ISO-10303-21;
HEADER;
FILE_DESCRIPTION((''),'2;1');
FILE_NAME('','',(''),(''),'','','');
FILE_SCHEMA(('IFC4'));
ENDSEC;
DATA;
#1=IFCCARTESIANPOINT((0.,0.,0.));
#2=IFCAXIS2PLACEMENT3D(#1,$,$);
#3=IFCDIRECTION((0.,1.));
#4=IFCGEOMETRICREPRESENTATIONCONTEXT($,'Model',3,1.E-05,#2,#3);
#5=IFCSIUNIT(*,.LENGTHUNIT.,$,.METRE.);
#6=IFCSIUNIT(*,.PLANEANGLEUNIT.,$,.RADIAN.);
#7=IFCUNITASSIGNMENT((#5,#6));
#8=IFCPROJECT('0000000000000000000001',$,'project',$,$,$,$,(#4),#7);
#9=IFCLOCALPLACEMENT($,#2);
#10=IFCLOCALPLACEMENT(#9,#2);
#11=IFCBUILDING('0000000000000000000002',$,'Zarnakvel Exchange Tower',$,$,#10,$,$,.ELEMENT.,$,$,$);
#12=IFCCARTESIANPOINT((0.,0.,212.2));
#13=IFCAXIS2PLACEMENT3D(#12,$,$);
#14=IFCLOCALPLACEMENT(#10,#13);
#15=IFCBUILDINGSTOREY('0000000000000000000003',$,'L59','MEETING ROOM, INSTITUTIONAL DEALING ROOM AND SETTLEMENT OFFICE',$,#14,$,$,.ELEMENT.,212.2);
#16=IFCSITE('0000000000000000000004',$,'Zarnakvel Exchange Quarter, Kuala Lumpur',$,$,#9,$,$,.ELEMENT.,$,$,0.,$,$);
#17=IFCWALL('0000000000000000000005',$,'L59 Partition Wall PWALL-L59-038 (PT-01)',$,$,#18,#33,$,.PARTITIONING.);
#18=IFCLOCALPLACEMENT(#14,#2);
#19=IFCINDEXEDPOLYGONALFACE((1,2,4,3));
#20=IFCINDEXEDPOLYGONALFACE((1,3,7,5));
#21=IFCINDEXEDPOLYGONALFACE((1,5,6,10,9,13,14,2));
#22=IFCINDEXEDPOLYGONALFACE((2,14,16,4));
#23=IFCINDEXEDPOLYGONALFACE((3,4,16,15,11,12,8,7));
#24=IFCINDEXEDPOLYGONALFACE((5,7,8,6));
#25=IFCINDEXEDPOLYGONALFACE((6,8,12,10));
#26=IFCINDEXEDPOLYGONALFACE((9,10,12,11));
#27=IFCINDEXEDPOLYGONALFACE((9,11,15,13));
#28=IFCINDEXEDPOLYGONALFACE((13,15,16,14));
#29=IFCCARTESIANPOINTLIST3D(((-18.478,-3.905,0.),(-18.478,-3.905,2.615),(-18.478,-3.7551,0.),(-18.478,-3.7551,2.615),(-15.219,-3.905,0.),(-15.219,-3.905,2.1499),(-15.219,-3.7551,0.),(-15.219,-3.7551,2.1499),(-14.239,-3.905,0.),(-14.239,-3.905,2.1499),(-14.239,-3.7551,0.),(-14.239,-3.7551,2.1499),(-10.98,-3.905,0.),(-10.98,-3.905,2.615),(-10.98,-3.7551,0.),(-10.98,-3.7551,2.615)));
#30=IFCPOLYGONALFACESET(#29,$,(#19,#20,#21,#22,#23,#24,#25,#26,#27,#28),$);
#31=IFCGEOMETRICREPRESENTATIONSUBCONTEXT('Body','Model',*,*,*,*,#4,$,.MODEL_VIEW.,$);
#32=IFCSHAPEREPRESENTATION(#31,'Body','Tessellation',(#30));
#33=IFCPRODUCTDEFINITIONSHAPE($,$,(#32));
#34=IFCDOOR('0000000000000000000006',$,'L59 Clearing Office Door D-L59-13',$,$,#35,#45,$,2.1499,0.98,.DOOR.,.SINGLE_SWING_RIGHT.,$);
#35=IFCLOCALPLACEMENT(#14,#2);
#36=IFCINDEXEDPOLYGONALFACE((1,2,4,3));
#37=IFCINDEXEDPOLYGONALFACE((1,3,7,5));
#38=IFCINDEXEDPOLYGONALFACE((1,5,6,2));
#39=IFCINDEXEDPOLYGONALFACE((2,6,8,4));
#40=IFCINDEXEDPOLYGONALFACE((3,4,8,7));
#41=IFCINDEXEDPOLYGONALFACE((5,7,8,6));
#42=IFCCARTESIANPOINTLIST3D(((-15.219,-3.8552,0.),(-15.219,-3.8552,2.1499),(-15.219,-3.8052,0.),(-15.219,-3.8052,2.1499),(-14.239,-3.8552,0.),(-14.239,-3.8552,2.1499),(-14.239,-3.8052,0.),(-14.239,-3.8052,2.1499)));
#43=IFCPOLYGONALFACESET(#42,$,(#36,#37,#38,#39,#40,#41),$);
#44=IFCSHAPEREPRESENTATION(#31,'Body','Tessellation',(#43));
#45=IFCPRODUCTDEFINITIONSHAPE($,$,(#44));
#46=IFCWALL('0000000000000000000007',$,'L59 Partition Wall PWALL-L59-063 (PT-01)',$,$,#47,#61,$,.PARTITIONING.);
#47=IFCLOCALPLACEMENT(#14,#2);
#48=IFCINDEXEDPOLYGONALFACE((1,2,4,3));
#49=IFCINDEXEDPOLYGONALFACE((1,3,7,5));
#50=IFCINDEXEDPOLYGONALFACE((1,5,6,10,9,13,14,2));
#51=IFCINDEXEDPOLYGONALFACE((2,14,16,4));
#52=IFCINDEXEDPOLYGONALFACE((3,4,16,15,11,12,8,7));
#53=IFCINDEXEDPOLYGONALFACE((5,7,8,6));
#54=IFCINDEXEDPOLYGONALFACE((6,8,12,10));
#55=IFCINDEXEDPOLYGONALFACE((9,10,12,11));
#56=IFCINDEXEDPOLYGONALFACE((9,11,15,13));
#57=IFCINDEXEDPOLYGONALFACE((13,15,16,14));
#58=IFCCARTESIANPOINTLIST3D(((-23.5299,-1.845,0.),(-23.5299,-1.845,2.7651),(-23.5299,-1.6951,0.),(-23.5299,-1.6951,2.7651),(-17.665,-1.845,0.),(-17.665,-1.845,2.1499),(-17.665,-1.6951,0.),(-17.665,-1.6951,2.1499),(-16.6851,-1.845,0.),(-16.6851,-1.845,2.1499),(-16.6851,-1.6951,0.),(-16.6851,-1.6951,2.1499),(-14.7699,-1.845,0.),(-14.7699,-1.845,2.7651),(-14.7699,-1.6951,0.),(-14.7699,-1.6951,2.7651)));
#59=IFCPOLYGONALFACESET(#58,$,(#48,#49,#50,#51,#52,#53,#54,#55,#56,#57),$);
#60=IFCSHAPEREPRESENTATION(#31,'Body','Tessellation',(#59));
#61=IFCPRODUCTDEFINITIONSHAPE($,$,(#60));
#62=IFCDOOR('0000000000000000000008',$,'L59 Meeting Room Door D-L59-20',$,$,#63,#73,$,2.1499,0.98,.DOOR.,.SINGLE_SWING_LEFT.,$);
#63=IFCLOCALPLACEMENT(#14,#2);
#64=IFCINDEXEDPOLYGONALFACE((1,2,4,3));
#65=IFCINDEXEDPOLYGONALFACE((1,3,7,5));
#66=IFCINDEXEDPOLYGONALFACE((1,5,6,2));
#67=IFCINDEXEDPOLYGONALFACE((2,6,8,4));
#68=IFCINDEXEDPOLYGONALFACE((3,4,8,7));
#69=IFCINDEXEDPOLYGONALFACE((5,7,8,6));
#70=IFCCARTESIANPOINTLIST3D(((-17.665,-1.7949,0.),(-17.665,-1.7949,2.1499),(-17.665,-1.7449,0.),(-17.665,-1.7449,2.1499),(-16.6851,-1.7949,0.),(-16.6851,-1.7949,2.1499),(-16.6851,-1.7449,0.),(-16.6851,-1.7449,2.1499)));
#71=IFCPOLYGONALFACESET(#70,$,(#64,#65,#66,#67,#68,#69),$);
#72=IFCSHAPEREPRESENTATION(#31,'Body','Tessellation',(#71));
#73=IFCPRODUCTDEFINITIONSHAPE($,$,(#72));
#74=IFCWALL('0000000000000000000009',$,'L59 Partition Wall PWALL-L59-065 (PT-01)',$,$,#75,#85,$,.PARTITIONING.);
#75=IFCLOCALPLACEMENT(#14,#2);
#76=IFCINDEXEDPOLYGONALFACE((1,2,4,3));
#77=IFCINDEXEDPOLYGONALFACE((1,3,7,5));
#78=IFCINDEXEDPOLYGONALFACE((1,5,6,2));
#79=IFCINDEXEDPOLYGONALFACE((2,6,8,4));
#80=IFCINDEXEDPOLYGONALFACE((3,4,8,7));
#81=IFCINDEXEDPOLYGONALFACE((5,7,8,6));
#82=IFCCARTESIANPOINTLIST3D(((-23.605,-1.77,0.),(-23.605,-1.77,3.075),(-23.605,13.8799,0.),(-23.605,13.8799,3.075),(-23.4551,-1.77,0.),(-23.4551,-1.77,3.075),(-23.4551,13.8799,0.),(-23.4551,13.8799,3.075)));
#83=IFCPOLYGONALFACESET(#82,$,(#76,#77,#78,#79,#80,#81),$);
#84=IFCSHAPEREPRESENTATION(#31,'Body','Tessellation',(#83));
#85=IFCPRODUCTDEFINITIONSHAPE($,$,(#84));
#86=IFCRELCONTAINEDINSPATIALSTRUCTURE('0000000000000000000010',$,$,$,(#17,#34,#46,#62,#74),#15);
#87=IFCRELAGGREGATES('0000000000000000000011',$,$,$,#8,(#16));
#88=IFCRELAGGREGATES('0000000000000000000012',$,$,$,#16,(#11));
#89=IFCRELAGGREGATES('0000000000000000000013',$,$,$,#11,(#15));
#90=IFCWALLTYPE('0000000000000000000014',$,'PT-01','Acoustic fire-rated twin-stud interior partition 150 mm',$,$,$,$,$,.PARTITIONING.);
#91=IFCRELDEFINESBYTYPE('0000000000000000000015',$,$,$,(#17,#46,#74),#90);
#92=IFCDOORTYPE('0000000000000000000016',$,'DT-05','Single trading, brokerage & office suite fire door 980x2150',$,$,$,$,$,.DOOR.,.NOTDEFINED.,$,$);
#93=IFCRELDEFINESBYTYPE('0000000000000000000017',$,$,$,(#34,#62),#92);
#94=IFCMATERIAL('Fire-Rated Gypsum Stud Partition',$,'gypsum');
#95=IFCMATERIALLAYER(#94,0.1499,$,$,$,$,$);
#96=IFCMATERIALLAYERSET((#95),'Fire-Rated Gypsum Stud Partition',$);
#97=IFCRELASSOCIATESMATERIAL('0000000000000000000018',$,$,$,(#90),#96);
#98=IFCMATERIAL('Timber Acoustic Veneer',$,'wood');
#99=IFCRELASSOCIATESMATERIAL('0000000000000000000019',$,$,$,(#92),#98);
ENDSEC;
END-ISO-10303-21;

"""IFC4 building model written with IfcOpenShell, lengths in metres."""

from ifc_helpers import new_model, si_unit, direction, frame, frame_2d, origin, place, context, subcontext, project, spatial, rectangle, extrude, source, transform, mapped, material, layer, layer_set, type_object, element, fill, save


model = new_model("IFC4")

# Units and contexts
model_context = context("Model", 3, precision=1e-05, world=origin(), true_north=direction((0.0, 1.0)))
body_context = subcontext(model_context, "Body", "Model", "MODEL_VIEW")
ifc_project = project(units=[si_unit("LENGTHUNIT", "METRE"), si_unit("PLANEANGLEUNIT", "RADIAN")], contexts=[model_context])

# Site, building, storey
site_placement = place(None, origin())
site = spatial("IfcSite", under=ifc_project, at=site_placement, Name="Zarnakvel Exchange Quarter, Kuala Lumpur", CompositionType="ELEMENT", RefElevation=0.0)
building_placement = place(site_placement, origin())
building = spatial("IfcBuilding", under=site, at=building_placement, Name="Zarnakvel Exchange Tower", CompositionType="ELEMENT")
storey_placement = place(building_placement, frame((0.0, 0.0, 212.2)))
storey = spatial("IfcBuildingStorey", under=building, at=storey_placement, Name="L59", Description="MEETING ROOM, INSTITUTIONAL DEALING ROOM AND SETTLEMENT OFFICE", CompositionType="ELEMENT", Elevation=212.2)

# Shared definitions
ifc_material_1 = material(Name="Fire-Rated Gypsum Stud Partition", Category="gypsum")
ifc_layer_1 = layer(ifc_material_1, 0.1499)
ifc_layer_set_1 = layer_set([ifc_layer_1], Name="Fire-Rated Gypsum Stud Partition")
wall_type_1 = type_object("IfcWallType", Name="PT-01", Description="Acoustic fire-rated twin-stud interior partition 150 mm", PredefinedType="PARTITIONING", material=ifc_layer_set_1)

# Walls, openings, doors
ifc_material_2 = material(Name="Timber Acoustic Veneer", Category="wood")
door_type = type_object("IfcDoorType", Name="DT-05", Description="Single trading, brokerage & office suite fire door 980x2150", OperationType="NOTDEFINED", PredefinedType="DOOR", material=ifc_material_2)
shared_shape_1 = source(origin(), body_context, "Body", "SweptSolid", [
    extrude(rectangle(XDim=0.98, YDim=2.1499, at=frame_2d((0.49, 1.075))), frame((0.0, 0.0249, 0.0), z_axis=(0.0, -1.0, 0.0), x_axis=(1.0, 0.0, 0.0)), (0.0, 0.0, 1.0), 0.05),
])
wall_1_placement = place(storey_placement, frame((-18.478, -3.8301, 0.0), z_axis=(0.0, 0.0, 1.0), x_axis=(1.0, 0.0, 0.0)))
wall_1 = element("IfcWall", 1, at=wall_1_placement, inside=storey, type_object=wall_type_1, Name="L59 Partition Wall PWALL-L59-038 (PT-01)", PredefinedType="PARTITIONING", context=body_context, shape_type="SweptSolid", body=[
    extrude(rectangle(XDim=7.498, YDim=0.1499, at=frame_2d((3.749, 0.0))), origin(), (0.0, 0.0, 1.0), 2.615),
])
opening_1_placement = place(wall_1_placement, frame((3.259, 0.0, 0.0)))
opening_1 = element("IfcOpeningElement", 2, at=opening_1_placement, cuts=wall_1, PredefinedType="OPENING", context=body_context, shape_type="SweptSolid", body=[
    extrude(rectangle(XDim=0.98, YDim=2.1499, at=frame_2d((0.49, 1.075))), frame((0.0, 0.085, 0.0), z_axis=(0.0, -1.0, 0.0), x_axis=(1.0, 0.0, 0.0)), (0.0, 0.0, 1.0), 0.1699),
])
door_1_placement = place(opening_1_placement, origin())
door_1 = element("IfcDoor", 3, at=door_1_placement, inside=storey, type_object=door_type, Name="L59 Clearing Office Door D-L59-13", OperationType="SINGLE_SWING_RIGHT", OverallHeight=2.1499, OverallWidth=0.98, PredefinedType="DOOR", context=body_context, shape_type="MappedRepresentation", body=[
    mapped(shared_shape_1, transform((0.0, 0.0, 0.0), x_axis=(1.0, 0.0, 0.0), y_axis=(0.0, 1.0, 0.0), z_axis=(0.0, 0.0, 1.0), scale=1.0)),
])
fill(opening_1, door_1)
wall_2_placement = place(storey_placement, frame((-14.77, -1.77, 0.0), z_axis=(0.0, 0.0, 1.0), x_axis=(-1.0, 0.0, 0.0)))
wall_2 = element("IfcWall", 4, at=wall_2_placement, inside=storey, type_object=wall_type_1, Name="L59 Partition Wall PWALL-L59-063 (PT-01)", PredefinedType="PARTITIONING", context=body_context, shape_type="SweptSolid", body=[
    extrude(rectangle(XDim=8.76, YDim=0.1499, at=frame_2d((4.3799, 0.0))), origin(), (0.0, 0.0, 1.0), 2.7651),
])
opening_2_placement = place(wall_2_placement, frame((1.915, 0.0, 0.0)))
opening_2 = element("IfcOpeningElement", 5, at=opening_2_placement, cuts=wall_2, PredefinedType="OPENING", context=body_context, shape_type="SweptSolid", body=[
    extrude(rectangle(XDim=0.98, YDim=2.1499, at=frame_2d((0.49, 1.075))), frame((0.0, 0.085, 0.0), z_axis=(0.0, -1.0, 0.0), x_axis=(1.0, 0.0, 0.0)), (0.0, 0.0, 1.0), 0.1699),
])
door_2_placement = place(opening_2_placement, origin())
door_2 = element("IfcDoor", 6, at=door_2_placement, inside=storey, type_object=door_type, Name="L59 Meeting Room Door D-L59-20", OperationType="SINGLE_SWING_LEFT", OverallHeight=2.1499, OverallWidth=0.98, PredefinedType="DOOR", context=body_context, shape_type="MappedRepresentation", body=[
    mapped(shared_shape_1, transform((0.0, 0.0, 0.0), x_axis=(1.0, 0.0, 0.0), y_axis=(0.0, 1.0, 0.0), z_axis=(0.0, 0.0, 1.0), scale=1.0)),
])
fill(opening_2, door_2)

# Wall
wall_3_placement = place(storey_placement, frame((-23.53, -1.77, 0.0), z_axis=(0.0, 0.0, 1.0), x_axis=(0.0, 1.0, 0.0)))
element("IfcWall", 7, at=wall_3_placement, inside=storey, type_object=wall_type_1, Name="L59 Partition Wall PWALL-L59-065 (PT-01)", PredefinedType="PARTITIONING", context=body_context, shape_type="SweptSolid", body=[
    extrude(rectangle(XDim=15.6499, YDim=0.1499, at=frame_2d((7.825, 0.0))), origin(), (0.0, 0.0, 1.0), 3.075),
])

save(model, "model.ifc")
